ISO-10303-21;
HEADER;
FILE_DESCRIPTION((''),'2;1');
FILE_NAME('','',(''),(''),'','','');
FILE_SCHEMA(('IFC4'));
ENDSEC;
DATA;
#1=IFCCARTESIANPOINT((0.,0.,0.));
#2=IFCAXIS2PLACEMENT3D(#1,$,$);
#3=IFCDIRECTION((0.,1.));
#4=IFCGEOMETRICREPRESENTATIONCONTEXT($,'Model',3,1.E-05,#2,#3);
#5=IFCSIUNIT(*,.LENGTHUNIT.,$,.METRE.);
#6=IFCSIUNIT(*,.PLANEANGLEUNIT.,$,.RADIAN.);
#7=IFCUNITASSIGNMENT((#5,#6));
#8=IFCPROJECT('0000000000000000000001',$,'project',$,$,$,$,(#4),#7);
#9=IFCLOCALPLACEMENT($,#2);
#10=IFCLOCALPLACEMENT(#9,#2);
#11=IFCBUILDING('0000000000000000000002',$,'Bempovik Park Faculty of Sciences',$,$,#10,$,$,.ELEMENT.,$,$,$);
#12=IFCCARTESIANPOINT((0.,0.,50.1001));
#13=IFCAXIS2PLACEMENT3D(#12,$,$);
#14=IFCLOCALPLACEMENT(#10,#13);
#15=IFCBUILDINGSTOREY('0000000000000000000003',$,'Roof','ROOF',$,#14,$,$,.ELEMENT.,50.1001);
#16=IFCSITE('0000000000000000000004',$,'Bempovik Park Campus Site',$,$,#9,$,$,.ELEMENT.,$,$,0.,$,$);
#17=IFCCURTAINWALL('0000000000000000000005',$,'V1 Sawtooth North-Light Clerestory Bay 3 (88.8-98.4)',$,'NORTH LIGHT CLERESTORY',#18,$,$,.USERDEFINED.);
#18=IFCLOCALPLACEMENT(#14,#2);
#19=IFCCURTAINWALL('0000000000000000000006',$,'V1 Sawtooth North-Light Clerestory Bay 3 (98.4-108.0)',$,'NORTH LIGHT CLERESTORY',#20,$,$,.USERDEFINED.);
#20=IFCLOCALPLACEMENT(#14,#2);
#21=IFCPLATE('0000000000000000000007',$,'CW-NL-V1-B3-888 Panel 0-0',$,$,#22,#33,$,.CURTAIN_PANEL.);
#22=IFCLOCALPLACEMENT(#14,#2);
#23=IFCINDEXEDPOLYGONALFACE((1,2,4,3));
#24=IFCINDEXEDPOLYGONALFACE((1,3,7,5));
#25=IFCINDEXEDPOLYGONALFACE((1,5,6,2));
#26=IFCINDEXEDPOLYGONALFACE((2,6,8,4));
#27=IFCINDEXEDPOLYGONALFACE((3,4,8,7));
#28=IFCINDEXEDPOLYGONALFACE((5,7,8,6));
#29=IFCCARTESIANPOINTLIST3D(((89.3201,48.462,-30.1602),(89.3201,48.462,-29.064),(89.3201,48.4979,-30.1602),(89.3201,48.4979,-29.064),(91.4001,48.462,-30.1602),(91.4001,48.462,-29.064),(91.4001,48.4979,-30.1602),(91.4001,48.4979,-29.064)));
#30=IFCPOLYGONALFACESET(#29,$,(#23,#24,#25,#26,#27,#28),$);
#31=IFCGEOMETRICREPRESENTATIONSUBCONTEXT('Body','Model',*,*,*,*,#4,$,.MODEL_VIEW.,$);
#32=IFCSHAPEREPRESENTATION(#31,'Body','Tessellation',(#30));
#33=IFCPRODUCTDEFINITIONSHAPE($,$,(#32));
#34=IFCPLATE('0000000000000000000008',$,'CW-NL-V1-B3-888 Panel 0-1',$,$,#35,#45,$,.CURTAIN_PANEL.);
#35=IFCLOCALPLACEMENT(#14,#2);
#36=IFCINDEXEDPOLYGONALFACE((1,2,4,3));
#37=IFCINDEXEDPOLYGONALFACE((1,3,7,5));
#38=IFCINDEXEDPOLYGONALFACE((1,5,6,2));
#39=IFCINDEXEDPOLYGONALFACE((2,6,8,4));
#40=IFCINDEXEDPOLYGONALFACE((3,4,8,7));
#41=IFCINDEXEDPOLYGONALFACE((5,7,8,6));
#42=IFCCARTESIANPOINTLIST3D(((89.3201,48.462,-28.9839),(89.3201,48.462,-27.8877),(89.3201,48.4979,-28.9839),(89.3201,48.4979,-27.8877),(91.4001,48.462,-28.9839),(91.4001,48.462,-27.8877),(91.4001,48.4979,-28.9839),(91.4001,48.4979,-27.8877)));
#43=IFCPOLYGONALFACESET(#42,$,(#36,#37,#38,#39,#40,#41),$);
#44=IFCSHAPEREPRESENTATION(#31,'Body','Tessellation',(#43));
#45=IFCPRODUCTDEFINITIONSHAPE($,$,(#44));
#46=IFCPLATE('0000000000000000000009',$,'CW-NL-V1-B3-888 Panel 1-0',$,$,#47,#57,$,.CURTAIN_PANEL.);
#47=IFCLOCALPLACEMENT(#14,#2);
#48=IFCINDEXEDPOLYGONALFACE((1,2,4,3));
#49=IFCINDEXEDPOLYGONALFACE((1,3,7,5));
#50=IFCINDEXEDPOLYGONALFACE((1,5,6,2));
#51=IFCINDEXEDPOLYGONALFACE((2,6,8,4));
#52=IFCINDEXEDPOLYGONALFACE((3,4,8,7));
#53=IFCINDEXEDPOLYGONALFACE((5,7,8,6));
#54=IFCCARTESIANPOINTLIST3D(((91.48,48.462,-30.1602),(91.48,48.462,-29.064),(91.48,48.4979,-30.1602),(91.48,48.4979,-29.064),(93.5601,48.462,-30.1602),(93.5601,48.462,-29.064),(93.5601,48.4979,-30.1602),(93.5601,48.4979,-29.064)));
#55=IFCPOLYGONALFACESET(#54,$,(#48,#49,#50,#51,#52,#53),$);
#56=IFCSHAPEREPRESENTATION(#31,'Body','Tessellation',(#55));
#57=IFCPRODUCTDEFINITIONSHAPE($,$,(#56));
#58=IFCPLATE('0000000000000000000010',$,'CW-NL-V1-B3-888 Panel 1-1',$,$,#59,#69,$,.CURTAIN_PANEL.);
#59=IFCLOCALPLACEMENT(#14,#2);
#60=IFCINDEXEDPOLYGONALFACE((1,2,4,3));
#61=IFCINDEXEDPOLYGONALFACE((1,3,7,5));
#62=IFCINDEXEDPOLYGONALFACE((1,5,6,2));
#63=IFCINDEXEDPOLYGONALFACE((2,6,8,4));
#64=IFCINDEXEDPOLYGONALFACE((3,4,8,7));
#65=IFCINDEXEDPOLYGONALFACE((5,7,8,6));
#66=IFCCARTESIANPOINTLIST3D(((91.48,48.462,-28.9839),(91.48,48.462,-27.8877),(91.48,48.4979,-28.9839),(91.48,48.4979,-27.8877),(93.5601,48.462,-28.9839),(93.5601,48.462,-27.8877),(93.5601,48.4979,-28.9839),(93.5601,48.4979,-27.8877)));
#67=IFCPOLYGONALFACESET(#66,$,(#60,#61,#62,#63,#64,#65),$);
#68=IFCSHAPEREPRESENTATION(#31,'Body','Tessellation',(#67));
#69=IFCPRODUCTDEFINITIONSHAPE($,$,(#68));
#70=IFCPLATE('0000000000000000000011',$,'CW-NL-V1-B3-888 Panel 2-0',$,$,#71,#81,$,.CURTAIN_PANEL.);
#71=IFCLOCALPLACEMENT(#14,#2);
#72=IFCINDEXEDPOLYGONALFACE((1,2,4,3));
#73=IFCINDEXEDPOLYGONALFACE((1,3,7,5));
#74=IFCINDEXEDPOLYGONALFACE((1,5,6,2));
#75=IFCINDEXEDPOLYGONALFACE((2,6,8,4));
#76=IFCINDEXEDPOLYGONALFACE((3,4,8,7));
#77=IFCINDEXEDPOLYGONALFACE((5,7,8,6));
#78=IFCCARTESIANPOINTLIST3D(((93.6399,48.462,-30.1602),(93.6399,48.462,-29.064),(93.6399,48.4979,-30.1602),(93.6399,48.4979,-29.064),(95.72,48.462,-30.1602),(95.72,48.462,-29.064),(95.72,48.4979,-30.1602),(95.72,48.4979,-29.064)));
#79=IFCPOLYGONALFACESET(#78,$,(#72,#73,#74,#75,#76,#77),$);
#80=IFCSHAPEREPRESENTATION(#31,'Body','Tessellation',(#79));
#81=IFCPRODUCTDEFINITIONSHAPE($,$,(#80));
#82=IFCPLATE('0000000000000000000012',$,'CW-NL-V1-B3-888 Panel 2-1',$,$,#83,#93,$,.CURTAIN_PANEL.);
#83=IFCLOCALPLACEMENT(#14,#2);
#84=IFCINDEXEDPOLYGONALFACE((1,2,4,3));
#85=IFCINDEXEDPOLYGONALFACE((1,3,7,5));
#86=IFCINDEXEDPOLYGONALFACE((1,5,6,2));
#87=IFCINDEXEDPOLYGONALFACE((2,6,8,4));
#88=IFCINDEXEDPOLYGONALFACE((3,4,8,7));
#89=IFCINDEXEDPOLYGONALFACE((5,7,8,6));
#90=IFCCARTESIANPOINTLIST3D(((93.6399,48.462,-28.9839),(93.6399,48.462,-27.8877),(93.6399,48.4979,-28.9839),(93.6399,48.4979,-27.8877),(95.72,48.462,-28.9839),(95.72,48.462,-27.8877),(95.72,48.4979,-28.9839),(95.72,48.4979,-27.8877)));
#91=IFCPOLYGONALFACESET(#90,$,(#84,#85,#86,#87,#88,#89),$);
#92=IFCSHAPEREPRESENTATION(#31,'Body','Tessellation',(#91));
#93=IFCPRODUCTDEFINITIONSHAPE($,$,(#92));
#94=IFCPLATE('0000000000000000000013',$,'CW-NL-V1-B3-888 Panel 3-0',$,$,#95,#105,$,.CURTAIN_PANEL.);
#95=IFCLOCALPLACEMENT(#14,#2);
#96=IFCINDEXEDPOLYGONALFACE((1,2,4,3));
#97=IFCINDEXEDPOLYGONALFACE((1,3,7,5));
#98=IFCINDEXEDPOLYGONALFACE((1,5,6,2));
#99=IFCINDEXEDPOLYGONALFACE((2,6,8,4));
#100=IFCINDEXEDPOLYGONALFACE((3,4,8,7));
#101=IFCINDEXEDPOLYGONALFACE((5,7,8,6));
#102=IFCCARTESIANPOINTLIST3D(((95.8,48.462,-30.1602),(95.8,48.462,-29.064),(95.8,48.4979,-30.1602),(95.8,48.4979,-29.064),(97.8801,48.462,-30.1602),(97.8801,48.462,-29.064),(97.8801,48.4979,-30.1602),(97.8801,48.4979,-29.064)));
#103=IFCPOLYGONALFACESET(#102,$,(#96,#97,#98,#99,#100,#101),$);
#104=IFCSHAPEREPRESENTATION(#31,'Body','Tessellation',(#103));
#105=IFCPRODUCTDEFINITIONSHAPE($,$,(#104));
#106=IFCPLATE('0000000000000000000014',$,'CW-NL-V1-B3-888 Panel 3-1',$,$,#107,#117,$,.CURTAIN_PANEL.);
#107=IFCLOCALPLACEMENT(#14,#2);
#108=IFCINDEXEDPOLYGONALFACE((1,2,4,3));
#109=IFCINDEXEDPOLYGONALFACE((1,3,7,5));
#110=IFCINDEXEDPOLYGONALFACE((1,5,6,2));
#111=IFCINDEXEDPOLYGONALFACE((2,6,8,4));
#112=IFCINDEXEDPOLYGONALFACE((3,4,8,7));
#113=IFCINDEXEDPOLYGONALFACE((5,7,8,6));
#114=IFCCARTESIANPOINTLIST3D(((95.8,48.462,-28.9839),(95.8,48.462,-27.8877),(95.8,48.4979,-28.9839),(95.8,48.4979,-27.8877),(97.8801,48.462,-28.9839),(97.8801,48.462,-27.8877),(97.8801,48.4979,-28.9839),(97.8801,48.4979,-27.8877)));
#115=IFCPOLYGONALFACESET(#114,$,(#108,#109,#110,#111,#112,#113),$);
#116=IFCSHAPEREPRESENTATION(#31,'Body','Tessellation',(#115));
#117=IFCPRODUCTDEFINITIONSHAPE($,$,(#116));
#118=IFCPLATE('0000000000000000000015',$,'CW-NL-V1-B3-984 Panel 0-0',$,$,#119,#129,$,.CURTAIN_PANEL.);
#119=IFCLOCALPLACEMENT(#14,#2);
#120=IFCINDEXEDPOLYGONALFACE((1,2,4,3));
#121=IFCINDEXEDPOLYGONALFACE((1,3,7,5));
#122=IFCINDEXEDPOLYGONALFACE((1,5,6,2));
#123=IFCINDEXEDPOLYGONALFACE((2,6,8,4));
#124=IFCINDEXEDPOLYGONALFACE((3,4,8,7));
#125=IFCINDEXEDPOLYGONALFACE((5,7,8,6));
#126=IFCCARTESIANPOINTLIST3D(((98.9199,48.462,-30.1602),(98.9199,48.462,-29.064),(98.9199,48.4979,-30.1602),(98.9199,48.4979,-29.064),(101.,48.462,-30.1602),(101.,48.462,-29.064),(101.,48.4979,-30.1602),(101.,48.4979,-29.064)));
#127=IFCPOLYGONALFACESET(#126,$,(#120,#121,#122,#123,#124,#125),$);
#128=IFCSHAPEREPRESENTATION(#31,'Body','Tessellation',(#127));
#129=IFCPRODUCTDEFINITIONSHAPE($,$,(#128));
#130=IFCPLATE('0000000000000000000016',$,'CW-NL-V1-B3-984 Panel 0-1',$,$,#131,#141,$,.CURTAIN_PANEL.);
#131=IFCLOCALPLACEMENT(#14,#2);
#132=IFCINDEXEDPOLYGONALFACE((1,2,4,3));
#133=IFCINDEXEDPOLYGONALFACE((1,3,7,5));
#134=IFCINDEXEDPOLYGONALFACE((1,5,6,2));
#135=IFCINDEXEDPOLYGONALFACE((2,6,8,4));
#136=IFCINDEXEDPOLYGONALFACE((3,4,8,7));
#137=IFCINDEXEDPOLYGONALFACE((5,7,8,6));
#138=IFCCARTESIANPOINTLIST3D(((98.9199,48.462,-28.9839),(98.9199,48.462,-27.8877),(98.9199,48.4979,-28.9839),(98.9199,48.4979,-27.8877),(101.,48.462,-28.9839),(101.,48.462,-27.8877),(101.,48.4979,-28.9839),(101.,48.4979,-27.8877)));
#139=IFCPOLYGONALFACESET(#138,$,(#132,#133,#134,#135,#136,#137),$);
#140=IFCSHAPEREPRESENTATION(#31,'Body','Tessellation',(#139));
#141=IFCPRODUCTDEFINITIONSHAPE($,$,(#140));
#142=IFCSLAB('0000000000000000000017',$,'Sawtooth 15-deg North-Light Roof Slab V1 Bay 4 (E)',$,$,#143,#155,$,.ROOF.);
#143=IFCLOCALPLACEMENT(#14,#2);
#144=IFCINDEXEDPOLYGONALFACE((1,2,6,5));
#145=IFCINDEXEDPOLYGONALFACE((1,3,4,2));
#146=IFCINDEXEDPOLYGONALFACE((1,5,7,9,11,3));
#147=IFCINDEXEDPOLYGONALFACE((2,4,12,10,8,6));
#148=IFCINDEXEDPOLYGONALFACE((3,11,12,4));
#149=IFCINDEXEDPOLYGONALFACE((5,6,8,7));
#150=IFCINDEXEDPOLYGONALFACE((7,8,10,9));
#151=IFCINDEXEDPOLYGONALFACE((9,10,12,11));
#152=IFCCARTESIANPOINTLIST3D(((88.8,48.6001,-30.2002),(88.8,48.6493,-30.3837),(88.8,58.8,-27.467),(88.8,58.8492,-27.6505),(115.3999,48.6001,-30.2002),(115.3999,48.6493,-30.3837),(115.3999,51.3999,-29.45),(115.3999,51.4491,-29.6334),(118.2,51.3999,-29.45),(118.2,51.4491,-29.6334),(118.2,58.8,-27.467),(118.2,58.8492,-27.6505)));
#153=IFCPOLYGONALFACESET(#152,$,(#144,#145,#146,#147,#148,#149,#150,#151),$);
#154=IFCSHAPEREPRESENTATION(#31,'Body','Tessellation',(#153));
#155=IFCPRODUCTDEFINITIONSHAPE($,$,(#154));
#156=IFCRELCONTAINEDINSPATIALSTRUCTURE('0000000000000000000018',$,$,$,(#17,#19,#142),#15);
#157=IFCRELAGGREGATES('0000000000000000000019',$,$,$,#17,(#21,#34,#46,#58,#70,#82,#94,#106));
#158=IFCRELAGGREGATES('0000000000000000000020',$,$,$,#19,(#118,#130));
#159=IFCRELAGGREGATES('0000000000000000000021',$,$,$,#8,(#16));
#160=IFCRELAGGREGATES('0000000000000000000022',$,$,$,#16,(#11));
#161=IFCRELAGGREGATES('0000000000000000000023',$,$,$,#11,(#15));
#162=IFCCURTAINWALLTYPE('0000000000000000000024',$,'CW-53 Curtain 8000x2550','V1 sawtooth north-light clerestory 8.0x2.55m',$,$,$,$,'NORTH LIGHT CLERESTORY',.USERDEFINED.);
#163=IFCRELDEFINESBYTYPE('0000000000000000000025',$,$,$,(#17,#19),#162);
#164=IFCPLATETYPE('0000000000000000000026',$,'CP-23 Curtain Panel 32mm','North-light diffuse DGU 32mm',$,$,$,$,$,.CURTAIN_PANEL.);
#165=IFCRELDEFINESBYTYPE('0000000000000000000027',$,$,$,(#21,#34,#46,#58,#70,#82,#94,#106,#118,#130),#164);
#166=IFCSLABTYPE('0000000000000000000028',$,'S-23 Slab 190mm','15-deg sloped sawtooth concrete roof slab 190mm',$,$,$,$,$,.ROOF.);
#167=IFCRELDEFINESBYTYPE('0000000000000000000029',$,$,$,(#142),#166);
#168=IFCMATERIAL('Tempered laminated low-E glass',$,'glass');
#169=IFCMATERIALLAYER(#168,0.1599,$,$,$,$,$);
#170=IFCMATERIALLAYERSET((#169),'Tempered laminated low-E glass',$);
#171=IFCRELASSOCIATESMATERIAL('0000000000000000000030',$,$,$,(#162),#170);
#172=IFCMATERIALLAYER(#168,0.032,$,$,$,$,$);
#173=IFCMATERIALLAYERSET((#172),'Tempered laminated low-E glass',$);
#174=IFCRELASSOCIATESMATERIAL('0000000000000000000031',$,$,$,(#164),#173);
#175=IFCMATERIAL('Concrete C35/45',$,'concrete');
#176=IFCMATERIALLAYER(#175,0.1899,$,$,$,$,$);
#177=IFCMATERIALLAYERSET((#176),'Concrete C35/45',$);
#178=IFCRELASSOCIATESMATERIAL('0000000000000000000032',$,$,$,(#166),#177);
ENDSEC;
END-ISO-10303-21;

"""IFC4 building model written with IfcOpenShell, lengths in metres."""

from ifc_helpers import new_model, si_unit, direction, frame, origin, origin_2d, place, context, subcontext, project, spatial, polyline, rectangle, outline, extrude, material, layer, layer_set, type_object, element, aggregate, save


model = new_model("IFC4")

# Units and contexts
model_context = context("Model", 3, precision=1e-05, world=origin(), true_north=direction((0.0, 1.0)))
body_context = subcontext(model_context, "Body", "Model", "MODEL_VIEW")
ifc_project = project(units=[si_unit("LENGTHUNIT", "METRE"), si_unit("PLANEANGLEUNIT", "RADIAN")], contexts=[model_context])

# Site, building, storey
site_placement = place(None, origin())
site = spatial("IfcSite", under=ifc_project, at=site_placement, Name="Bempovik Park Campus Site", CompositionType="ELEMENT", RefElevation=0.0)
building_placement = place(site_placement, origin())
building = spatial("IfcBuilding", under=site, at=building_placement, Name="Bempovik Park Faculty of Sciences", CompositionType="ELEMENT")
storey_placement = place(building_placement, frame((0.0, 0.0, 50.1001)))
storey = spatial("IfcBuildingStorey", under=building, at=storey_placement, Name="Roof", Description="ROOF", CompositionType="ELEMENT", Elevation=50.1001)

# Curtain walls
ifc_material_1 = material(Name="Tempered laminated low-E glass", Category="glass")
ifc_layer_1 = layer(ifc_material_1, 0.1599)
ifc_layer_set_1 = layer_set([ifc_layer_1], Name="Tempered laminated low-E glass")
curtain_wall_type = type_object("IfcCurtainWallType", Name="CW-53 Curtain 8000x2550", Description="V1 sawtooth north-light clerestory 8.0x2.55m", ElementType="NORTH LIGHT CLERESTORY", PredefinedType="USERDEFINED", material=ifc_layer_set_1)
curtain_wall_1_placement = place(storey_placement, origin())
curtain_wall_1 = element("IfcCurtainWall", 1, at=curtain_wall_1_placement, inside=storey, type_object=curtain_wall_type, Name="V1 Sawtooth North-Light Clerestory Bay 3 (88.8-98.4)", ObjectType="NORTH LIGHT CLERESTORY", PredefinedType="USERDEFINED")
curtain_wall_2_placement = place(storey_placement, origin())
curtain_wall_2 = element("IfcCurtainWall", 2, at=curtain_wall_2_placement, inside=storey, type_object=curtain_wall_type, Name="V1 Sawtooth North-Light Clerestory Bay 3 (98.4-108.0)", ObjectType="NORTH LIGHT CLERESTORY", PredefinedType="USERDEFINED")

# Plates
ifc_layer_2 = layer(ifc_material_1, 0.032)
ifc_layer_set_2 = layer_set([ifc_layer_2], Name="Tempered laminated low-E glass")
plate_type = type_object("IfcPlateType", Name="CP-23 Curtain Panel 32mm", Description="North-light diffuse DGU 32mm", PredefinedType="CURTAIN_PANEL", material=ifc_layer_set_2)
plate_1_placement = place(storey_placement, frame((90.3601, 48.48, -30.1602), z_axis=(0.0, 0.0, 1.0), x_axis=(1.0, 0.0, 0.0)))
plate_1 = element("IfcPlate", 3, at=plate_1_placement, type_object=plate_type, Name="CW-NL-V1-B3-888 Panel 0-0", PredefinedType="CURTAIN_PANEL", context=body_context, shape_type="SweptSolid", body=[
    extrude(rectangle(XDim=2.0801, YDim=0.0359, at=origin_2d()), origin(), (0.0, 0.0, 1.0), 1.0962),
])
plate_2_placement = place(storey_placement, frame((90.3601, 48.48, -28.9839), z_axis=(0.0, 0.0, 1.0), x_axis=(1.0, 0.0, 0.0)))
plate_2 = element("IfcPlate", 4, at=plate_2_placement, type_object=plate_type, Name="CW-NL-V1-B3-888 Panel 0-1", PredefinedType="CURTAIN_PANEL", context=body_context, shape_type="SweptSolid", body=[
    extrude(rectangle(XDim=2.0801, YDim=0.0359, at=origin_2d()), origin(), (0.0, 0.0, 1.0), 1.0962),
])
plate_3_placement = place(storey_placement, frame((92.52, 48.48, -30.1602), z_axis=(0.0, 0.0, 1.0), x_axis=(1.0, 0.0, 0.0)))
plate_3 = element("IfcPlate", 5, at=plate_3_placement, type_object=plate_type, Name="CW-NL-V1-B3-888 Panel 1-0", PredefinedType="CURTAIN_PANEL", context=body_context, shape_type="SweptSolid", body=[
    extrude(rectangle(XDim=2.0801, YDim=0.0359, at=origin_2d()), origin(), (0.0, 0.0, 1.0), 1.0962),
])
plate_4_placement = place(storey_placement, frame((92.52, 48.48, -28.9839), z_axis=(0.0, 0.0, 1.0), x_axis=(1.0, 0.0, 0.0)))
plate_4 = element("IfcPlate", 6, at=plate_4_placement, type_object=plate_type, Name="CW-NL-V1-B3-888 Panel 1-1", PredefinedType="CURTAIN_PANEL", context=body_context, shape_type="SweptSolid", body=[
    extrude(rectangle(XDim=2.0801, YDim=0.0359, at=origin_2d()), origin(), (0.0, 0.0, 1.0), 1.0962),
])
plate_5_placement = place(storey_placement, frame((94.6799, 48.48, -30.1602), z_axis=(0.0, 0.0, 1.0), x_axis=(1.0, 0.0, 0.0)))
plate_5 = element("IfcPlate", 7, at=plate_5_placement, type_object=plate_type, Name="CW-NL-V1-B3-888 Panel 2-0", PredefinedType="CURTAIN_PANEL", context=body_context, shape_type="SweptSolid", body=[
    extrude(rectangle(XDim=2.0801, YDim=0.0359, at=origin_2d()), origin(), (0.0, 0.0, 1.0), 1.0962),
])
plate_6_placement = place(storey_placement, frame((94.6799, 48.48, -28.9839), z_axis=(0.0, 0.0, 1.0), x_axis=(1.0, 0.0, 0.0)))
plate_6 = element("IfcPlate", 8, at=plate_6_placement, type_object=plate_type, Name="CW-NL-V1-B3-888 Panel 2-1", PredefinedType="CURTAIN_PANEL", context=body_context, shape_type="SweptSolid", body=[
    extrude(rectangle(XDim=2.0801, YDim=0.0359, at=origin_2d()), origin(), (0.0, 0.0, 1.0), 1.0962),
])
plate_7_placement = place(storey_placement, frame((96.8401, 48.48, -30.1602), z_axis=(0.0, 0.0, 1.0), x_axis=(1.0, 0.0, 0.0)))
plate_7 = element("IfcPlate", 9, at=plate_7_placement, type_object=plate_type, Name="CW-NL-V1-B3-888 Panel 3-0", PredefinedType="CURTAIN_PANEL", context=body_context, shape_type="SweptSolid", body=[
    extrude(rectangle(XDim=2.0801, YDim=0.0359, at=origin_2d()), origin(), (0.0, 0.0, 1.0), 1.0962),
])
plate_8_placement = place(storey_placement, frame((96.8401, 48.48, -28.9839), z_axis=(0.0, 0.0, 1.0), x_axis=(1.0, 0.0, 0.0)))
plate_8 = element("IfcPlate", 10, at=plate_8_placement, type_object=plate_type, Name="CW-NL-V1-B3-888 Panel 3-1", PredefinedType="CURTAIN_PANEL", context=body_context, shape_type="SweptSolid", body=[
    extrude(rectangle(XDim=2.0801, YDim=0.0359, at=origin_2d()), origin(), (0.0, 0.0, 1.0), 1.0962),
])
aggregate(curtain_wall_1, [plate_1, plate_2, plate_3, plate_4, plate_5, plate_6, plate_7, plate_8])
plate_9_placement = place(storey_placement, frame((99.96, 48.48, -30.1602), z_axis=(0.0, 0.0, 1.0), x_axis=(1.0, 0.0, 0.0)))
plate_9 = element("IfcPlate", 11, at=plate_9_placement, type_object=plate_type, Name="CW-NL-V1-B3-984 Panel 0-0", PredefinedType="CURTAIN_PANEL", context=body_context, shape_type="SweptSolid", body=[
    extrude(rectangle(XDim=2.0801, YDim=0.0359, at=origin_2d()), origin(), (0.0, 0.0, 1.0), 1.0962),
])
plate_10_placement = place(storey_placement, frame((99.96, 48.48, -28.9839), z_axis=(0.0, 0.0, 1.0), x_axis=(1.0, 0.0, 0.0)))
plate_10 = element("IfcPlate", 12, at=plate_10_placement, type_object=plate_type, Name="CW-NL-V1-B3-984 Panel 0-1", PredefinedType="CURTAIN_PANEL", context=body_context, shape_type="SweptSolid", body=[
    extrude(rectangle(XDim=2.0801, YDim=0.0359, at=origin_2d()), origin(), (0.0, 0.0, 1.0), 1.0962),
])
aggregate(curtain_wall_2, [plate_9, plate_10])

# Slab
ifc_material_2 = material(Name="Concrete C35/45", Category="concrete")
ifc_layer_3 = layer(ifc_material_2, 0.1899)
ifc_layer_set_3 = layer_set([ifc_layer_3], Name="Concrete C35/45")
slab_type = type_object("IfcSlabType", Name="S-23 Slab 190mm", Description="15-deg sloped sawtooth concrete roof slab 190mm", PredefinedType="ROOF", material=ifc_layer_set_3)
slab_placement = place(storey_placement, frame((88.8, 48.6001, -30.2002), z_axis=(0.0, -0.258826, 0.965924), x_axis=(1.0, 0.0, 0.0)))
element("IfcSlab", 13, at=slab_placement, inside=storey, type_object=slab_type, Name="Sawtooth 15-deg North-Light Roof Slab V1 Bay 4 (E)", PredefinedType="ROOF", context=body_context, shape_type="SweptSolid", body=[
    extrude(outline(polyline([(0.0, 0.0), (26.5999, 0.0), (26.5999, 2.8986), (29.3999, 2.8986), (29.3999, 10.5598), (0.0, 10.5598), (0.0, 0.0)])), origin(), (0.0, 0.0, -1.0), 0.1899),
])

save(model, "model.ifc")
